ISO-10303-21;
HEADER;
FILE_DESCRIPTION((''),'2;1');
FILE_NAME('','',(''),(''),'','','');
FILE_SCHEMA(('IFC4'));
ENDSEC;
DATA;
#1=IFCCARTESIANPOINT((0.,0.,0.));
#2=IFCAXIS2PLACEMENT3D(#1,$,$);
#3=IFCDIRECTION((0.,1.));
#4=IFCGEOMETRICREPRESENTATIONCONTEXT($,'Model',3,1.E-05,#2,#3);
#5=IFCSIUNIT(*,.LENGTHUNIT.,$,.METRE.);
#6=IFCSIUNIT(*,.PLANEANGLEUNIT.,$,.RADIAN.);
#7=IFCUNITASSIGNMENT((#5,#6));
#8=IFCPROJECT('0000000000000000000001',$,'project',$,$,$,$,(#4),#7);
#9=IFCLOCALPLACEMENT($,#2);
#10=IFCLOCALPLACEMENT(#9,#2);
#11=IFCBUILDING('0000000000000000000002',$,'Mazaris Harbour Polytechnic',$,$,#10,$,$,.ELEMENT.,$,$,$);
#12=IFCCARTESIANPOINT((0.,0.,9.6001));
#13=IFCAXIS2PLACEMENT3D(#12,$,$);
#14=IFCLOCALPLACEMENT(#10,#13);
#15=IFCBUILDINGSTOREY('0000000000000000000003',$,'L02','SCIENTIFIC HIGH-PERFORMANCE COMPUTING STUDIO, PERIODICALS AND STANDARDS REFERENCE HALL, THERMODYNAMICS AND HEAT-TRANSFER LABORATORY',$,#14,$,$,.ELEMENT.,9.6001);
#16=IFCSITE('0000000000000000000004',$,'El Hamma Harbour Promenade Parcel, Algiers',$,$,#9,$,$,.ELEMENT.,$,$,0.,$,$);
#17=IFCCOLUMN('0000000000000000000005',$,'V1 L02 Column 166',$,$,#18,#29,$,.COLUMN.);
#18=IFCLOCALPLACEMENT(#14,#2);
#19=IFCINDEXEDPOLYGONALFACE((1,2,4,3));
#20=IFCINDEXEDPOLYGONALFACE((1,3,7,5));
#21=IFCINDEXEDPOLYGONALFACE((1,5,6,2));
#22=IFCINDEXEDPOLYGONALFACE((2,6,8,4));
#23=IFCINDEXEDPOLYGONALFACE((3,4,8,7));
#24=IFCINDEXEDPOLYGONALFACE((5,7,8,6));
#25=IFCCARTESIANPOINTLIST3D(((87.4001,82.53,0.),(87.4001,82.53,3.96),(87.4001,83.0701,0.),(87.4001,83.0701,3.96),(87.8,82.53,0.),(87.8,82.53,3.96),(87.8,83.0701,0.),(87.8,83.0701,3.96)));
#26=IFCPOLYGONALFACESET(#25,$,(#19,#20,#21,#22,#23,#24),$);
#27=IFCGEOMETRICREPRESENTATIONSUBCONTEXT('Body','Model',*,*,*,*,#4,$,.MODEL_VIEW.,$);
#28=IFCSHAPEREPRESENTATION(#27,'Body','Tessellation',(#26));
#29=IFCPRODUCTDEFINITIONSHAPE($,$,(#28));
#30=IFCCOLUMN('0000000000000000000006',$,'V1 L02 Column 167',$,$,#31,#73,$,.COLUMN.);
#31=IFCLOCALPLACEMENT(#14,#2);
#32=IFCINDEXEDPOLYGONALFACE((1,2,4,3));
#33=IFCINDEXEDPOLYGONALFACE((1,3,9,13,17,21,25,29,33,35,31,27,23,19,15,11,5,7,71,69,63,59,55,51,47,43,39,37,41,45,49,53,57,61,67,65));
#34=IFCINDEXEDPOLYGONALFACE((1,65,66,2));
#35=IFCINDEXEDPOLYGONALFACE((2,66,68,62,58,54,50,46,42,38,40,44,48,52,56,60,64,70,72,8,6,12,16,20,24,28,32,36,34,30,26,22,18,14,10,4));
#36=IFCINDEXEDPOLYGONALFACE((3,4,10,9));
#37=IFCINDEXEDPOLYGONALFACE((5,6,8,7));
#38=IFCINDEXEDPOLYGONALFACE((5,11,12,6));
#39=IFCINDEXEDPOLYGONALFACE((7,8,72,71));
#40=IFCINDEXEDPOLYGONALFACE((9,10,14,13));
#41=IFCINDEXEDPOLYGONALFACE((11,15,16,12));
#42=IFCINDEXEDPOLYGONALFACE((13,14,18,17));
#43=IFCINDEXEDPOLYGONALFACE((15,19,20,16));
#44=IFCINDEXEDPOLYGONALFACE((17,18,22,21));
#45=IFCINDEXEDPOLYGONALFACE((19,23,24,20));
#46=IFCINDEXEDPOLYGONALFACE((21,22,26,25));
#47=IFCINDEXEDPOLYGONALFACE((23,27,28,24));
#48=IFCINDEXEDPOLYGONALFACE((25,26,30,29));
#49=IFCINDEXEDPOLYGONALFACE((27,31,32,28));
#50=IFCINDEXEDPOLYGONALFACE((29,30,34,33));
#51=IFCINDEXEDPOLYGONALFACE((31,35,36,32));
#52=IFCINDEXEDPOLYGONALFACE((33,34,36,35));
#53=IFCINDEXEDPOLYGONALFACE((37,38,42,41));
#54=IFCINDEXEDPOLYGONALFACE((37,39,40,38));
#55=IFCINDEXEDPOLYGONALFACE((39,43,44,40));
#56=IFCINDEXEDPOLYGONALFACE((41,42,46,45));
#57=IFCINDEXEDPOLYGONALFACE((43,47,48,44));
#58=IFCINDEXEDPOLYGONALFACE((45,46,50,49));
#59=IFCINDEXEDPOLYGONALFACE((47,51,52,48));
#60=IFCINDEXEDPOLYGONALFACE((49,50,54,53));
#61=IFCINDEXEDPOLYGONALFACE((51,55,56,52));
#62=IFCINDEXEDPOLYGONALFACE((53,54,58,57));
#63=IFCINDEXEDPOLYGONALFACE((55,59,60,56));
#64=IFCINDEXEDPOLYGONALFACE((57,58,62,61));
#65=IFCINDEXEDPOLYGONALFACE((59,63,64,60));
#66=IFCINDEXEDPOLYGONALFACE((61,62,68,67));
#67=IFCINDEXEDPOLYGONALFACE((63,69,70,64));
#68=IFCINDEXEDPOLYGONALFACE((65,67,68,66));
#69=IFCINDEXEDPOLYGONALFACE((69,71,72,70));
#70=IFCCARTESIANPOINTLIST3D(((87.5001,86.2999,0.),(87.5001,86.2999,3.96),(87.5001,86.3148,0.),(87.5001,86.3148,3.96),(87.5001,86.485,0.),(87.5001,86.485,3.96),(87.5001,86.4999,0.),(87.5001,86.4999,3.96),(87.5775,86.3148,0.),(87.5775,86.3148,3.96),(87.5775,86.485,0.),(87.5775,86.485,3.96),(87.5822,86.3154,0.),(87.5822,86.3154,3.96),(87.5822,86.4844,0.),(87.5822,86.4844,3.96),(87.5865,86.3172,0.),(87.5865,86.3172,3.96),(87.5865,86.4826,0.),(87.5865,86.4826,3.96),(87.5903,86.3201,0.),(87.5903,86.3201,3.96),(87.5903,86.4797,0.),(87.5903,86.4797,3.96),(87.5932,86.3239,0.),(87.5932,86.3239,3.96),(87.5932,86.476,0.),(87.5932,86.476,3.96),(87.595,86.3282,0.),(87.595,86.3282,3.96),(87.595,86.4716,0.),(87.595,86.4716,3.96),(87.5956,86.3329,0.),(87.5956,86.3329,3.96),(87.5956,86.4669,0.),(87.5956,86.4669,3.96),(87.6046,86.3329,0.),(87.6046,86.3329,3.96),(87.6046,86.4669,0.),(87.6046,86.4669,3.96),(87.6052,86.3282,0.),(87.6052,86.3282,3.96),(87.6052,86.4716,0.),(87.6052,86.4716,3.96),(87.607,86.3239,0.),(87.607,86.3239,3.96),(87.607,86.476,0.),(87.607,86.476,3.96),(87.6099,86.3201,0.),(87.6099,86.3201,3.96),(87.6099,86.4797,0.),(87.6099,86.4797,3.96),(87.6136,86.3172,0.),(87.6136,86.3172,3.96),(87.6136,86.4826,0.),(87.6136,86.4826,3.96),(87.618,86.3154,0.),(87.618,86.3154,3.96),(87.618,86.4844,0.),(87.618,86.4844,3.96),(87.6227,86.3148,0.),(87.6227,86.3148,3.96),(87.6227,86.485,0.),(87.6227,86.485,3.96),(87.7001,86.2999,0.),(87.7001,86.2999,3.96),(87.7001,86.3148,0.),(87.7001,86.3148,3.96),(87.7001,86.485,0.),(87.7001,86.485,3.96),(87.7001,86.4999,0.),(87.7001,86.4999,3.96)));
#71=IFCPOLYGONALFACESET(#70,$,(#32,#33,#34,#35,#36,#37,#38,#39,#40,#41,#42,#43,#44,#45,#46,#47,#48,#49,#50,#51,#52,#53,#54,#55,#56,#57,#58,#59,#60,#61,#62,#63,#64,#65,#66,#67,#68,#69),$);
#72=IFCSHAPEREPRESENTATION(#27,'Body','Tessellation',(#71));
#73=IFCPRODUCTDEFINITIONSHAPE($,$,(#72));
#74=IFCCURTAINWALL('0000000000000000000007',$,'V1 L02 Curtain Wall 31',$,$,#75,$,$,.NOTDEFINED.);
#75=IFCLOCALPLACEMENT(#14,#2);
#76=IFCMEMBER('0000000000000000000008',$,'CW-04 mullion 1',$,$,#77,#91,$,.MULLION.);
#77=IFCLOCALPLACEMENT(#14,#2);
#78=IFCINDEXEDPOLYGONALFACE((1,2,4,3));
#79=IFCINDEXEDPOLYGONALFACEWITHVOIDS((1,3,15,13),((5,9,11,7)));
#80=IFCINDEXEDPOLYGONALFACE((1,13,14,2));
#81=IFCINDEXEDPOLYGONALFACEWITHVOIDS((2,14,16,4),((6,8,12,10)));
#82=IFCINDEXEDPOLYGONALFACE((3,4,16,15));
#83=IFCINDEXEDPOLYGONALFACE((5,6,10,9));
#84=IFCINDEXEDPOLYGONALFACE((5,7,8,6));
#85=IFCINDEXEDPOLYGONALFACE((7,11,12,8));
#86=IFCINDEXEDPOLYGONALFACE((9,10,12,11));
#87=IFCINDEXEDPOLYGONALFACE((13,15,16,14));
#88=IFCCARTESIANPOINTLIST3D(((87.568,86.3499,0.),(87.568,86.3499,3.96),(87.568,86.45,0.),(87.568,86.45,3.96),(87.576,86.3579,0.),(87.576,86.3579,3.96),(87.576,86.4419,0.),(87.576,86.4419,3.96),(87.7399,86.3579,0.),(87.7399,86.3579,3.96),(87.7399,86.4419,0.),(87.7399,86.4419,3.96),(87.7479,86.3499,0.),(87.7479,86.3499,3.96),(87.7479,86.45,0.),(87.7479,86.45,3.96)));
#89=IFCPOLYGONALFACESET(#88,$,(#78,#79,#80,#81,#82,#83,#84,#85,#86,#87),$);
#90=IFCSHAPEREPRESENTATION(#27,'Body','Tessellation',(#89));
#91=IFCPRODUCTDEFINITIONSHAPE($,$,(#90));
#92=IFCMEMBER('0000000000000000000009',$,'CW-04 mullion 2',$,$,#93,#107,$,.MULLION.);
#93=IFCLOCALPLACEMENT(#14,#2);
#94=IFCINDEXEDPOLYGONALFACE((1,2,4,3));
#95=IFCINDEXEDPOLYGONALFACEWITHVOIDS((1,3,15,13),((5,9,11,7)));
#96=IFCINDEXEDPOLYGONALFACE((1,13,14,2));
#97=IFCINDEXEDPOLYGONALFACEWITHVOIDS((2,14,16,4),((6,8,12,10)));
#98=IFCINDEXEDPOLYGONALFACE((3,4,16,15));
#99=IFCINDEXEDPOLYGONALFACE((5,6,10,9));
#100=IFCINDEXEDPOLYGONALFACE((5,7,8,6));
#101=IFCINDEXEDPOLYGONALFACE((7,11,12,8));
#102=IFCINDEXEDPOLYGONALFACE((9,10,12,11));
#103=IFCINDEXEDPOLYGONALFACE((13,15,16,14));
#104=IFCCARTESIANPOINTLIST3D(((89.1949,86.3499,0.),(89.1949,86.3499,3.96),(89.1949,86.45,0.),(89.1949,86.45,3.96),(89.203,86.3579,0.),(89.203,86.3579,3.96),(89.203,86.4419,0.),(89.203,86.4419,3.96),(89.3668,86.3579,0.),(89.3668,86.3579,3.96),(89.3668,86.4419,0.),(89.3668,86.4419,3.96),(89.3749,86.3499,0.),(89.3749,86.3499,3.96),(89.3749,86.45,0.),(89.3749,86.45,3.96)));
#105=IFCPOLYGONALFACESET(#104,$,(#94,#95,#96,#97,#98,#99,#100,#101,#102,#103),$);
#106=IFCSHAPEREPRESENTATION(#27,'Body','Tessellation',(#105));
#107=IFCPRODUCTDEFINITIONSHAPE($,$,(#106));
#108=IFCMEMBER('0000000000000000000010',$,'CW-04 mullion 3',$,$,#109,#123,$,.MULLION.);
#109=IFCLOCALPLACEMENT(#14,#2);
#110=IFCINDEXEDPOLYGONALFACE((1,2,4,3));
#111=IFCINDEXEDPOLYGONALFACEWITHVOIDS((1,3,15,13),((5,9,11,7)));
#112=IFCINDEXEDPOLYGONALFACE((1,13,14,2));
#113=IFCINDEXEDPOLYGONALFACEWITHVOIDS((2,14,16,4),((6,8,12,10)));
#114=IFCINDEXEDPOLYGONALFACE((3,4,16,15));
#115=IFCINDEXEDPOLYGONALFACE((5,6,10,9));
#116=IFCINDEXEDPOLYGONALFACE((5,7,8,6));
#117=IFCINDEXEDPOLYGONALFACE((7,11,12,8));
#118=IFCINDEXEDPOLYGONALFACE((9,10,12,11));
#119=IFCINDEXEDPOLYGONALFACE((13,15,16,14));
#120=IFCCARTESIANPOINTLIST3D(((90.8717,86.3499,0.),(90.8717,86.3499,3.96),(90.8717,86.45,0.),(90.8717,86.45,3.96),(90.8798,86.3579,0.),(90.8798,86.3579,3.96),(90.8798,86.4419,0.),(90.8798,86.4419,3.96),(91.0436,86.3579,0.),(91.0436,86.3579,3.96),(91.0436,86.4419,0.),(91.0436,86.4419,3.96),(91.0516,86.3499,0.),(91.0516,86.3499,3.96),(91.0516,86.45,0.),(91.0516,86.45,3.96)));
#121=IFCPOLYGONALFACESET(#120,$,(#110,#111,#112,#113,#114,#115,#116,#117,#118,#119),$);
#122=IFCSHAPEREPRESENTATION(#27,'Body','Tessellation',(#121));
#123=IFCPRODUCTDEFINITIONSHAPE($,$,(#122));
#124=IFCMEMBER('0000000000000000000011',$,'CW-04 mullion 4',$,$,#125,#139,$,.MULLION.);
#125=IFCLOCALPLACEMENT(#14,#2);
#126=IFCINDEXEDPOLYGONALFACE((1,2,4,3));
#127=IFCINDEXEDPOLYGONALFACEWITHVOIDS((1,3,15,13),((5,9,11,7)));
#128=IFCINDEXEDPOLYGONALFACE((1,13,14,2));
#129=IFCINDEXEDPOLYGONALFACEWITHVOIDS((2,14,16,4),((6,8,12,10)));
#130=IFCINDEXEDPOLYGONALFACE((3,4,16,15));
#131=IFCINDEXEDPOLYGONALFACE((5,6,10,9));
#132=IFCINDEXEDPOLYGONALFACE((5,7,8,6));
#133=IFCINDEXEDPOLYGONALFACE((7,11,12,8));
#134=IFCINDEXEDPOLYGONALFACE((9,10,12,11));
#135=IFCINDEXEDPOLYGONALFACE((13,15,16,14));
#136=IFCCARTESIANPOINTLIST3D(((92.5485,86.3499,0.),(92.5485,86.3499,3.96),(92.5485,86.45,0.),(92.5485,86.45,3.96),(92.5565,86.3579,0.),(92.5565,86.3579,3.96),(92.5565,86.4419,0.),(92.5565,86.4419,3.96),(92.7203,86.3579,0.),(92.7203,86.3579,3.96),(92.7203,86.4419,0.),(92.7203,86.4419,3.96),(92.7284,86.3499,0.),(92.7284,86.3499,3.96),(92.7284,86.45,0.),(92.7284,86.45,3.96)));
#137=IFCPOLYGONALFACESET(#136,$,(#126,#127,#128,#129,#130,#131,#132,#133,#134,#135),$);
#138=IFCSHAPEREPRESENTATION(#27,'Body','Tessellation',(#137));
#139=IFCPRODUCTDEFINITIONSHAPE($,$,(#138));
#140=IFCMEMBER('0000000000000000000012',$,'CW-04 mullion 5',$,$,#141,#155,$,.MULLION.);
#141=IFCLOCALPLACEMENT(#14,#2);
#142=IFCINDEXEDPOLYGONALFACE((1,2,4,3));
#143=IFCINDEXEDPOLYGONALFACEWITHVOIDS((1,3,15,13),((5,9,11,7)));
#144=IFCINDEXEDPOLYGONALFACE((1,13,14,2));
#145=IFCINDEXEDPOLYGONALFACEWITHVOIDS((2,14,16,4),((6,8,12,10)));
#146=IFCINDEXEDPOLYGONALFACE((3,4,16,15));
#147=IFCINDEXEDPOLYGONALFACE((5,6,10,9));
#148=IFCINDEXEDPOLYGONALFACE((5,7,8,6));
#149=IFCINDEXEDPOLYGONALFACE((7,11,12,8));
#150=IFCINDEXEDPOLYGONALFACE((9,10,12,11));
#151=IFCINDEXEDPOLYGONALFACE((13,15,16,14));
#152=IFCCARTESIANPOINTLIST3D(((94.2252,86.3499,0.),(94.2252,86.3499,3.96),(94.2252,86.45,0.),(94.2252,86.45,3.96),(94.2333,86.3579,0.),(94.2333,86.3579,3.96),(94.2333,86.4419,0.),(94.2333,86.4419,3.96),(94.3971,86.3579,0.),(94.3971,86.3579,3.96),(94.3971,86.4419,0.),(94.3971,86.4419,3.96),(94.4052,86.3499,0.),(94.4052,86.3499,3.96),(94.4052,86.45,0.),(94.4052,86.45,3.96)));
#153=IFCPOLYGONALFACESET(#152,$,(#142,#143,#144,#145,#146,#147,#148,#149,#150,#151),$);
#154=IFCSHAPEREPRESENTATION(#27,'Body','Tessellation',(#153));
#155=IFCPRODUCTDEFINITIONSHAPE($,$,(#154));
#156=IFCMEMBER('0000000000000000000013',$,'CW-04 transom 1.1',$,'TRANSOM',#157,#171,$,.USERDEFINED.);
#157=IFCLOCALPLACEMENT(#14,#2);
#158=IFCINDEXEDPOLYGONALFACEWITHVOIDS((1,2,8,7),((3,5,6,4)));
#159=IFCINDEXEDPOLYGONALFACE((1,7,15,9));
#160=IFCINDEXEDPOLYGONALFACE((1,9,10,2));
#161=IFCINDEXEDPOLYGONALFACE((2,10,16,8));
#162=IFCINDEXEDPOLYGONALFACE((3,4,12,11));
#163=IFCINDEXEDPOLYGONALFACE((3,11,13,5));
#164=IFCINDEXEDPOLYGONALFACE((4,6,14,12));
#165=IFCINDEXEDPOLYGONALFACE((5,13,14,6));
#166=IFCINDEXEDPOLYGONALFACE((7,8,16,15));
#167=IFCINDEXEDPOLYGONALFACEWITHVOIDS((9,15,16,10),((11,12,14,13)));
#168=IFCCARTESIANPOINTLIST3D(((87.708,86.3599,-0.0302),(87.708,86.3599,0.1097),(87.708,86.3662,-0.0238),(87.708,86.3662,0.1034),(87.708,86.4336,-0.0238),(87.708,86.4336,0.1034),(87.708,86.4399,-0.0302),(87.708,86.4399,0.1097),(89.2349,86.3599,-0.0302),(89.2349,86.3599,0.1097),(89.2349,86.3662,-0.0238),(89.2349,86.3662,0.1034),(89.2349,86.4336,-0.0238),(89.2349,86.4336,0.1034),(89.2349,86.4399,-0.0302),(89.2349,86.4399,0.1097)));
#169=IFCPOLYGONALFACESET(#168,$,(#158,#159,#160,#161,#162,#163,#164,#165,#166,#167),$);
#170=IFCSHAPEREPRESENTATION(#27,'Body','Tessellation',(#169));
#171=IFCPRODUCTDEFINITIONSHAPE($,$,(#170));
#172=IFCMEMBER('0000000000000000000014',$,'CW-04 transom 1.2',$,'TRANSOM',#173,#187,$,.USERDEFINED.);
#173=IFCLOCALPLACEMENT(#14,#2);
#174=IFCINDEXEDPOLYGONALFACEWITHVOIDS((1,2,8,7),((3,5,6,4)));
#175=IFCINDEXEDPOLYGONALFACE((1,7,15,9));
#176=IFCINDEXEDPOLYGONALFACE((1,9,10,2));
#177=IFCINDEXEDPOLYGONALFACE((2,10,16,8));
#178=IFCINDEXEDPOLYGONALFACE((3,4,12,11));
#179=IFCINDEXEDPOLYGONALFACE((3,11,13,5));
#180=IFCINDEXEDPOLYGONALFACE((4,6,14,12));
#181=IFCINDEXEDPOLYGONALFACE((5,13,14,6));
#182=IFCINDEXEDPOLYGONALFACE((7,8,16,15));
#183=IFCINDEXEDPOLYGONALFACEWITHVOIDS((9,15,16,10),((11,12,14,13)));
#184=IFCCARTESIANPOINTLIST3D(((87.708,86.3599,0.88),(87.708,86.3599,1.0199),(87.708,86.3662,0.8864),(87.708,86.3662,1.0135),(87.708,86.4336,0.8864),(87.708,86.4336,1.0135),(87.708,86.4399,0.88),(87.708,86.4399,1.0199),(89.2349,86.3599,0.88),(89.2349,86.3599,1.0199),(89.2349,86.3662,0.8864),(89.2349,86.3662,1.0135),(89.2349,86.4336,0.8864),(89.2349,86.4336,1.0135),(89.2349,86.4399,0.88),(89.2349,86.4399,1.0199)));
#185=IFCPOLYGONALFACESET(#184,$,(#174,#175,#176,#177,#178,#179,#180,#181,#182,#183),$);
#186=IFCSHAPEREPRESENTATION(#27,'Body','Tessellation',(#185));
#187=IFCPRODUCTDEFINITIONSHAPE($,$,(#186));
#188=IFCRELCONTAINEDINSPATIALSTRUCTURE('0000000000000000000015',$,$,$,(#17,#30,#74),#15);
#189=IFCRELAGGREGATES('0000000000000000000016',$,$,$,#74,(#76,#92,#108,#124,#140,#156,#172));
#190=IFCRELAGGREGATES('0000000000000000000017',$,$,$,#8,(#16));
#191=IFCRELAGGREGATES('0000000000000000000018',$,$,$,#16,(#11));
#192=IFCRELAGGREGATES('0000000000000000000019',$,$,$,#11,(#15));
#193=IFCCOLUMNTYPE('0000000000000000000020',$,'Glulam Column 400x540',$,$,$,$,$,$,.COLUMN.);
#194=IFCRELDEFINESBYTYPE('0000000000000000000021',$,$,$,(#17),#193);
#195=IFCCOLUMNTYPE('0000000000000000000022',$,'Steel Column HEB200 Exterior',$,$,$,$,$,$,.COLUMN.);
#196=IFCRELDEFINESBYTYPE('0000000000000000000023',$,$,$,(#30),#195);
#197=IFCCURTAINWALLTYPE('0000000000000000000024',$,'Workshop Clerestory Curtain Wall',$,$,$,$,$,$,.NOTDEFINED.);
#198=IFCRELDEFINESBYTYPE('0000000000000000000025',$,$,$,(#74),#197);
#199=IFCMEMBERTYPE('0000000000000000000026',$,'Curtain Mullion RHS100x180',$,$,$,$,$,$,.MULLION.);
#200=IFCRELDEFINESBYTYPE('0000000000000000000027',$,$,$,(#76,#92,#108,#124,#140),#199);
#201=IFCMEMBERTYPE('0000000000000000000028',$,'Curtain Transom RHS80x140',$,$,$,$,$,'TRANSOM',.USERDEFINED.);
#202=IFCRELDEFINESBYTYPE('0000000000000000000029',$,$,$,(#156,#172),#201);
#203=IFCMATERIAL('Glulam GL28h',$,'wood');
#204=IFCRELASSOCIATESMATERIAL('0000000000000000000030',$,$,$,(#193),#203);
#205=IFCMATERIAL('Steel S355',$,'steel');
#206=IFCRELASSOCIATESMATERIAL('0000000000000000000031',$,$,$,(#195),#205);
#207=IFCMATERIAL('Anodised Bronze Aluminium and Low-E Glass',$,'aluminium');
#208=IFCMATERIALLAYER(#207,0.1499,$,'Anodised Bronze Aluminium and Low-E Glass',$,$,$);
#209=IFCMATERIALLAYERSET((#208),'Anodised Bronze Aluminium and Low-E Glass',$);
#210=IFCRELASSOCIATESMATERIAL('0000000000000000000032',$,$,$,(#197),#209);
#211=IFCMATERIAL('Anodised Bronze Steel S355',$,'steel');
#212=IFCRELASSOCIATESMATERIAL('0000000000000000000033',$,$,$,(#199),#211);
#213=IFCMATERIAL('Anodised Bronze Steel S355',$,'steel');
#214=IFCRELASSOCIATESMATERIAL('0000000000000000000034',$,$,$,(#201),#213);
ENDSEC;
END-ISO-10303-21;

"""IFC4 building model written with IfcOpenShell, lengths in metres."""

from ifc_helpers import new_model, si_unit, direction, frame, origin, origin_2d, place, context, subcontext, project, spatial, rectangle, hollow_rectangle, i_section, extrude, material, layer, layer_set, material_profile, profile_set, type_object, element, aggregate, save


model = new_model("IFC4")

# Units and contexts
model_context = context("Model", 3, precision=1e-05, world=origin(), true_north=direction((0.0, 1.0)))
body_context = subcontext(model_context, "Body", "Model", "MODEL_VIEW")
ifc_project = project(units=[si_unit("LENGTHUNIT", "METRE"), si_unit("PLANEANGLEUNIT", "RADIAN")], contexts=[model_context])

# Site, building, storey
site_placement = place(None, origin())
site = spatial("IfcSite", under=ifc_project, at=site_placement, Name="El Hamma Harbour Promenade Parcel, Algiers", CompositionType="ELEMENT", RefElevation=0.0)
building_placement = place(site_placement, origin())
building = spatial("IfcBuilding", under=site, at=building_placement, Name="Mazaris Harbour Polytechnic", CompositionType="ELEMENT")
storey_placement = place(building_placement, frame((0.0, 0.0, 9.6001)))
storey = spatial("IfcBuildingStorey", under=building, at=storey_placement, Name="L02", Description="SCIENTIFIC HIGH-PERFORMANCE COMPUTING STUDIO, PERIODICALS AND STANDARDS REFERENCE HALL, THERMODYNAMICS AND HEAT-TRANSFER LABORATORY", CompositionType="ELEMENT", Elevation=9.6001)

# Columns
ifc_material_1 = material(Name="Glulam GL28h", Category="wood")
ifc_material_profile_1 = material_profile(ifc_material_1, rectangle(XDim=0.3999, YDim=0.54, at=origin_2d()), Name="RECT400x540")
ifc_profile_set_1 = profile_set([ifc_material_profile_1], Name="Glulam GL28h")
column_type_1 = type_object("IfcColumnType", Name="Glulam Column 400x540", PredefinedType="COLUMN", material=ifc_profile_set_1)
column_1_placement = place(storey_placement, frame((87.6001, 82.8, 0.0), z_axis=(0.0, 0.0, 1.0), x_axis=(1.0, 0.0, 0.0)))
element("IfcColumn", 1, at=column_1_placement, inside=storey, type_object=column_type_1, Name="V1 L02 Column 166", PredefinedType="COLUMN", context=body_context, shape_type="SweptSolid", body=[
    extrude(rectangle(XDim=0.3999, YDim=0.54, at=origin_2d()), origin(), (0.0, 0.0, 1.0), 3.96),
])
ifc_material_2 = material(Name="Steel S355", Category="steel")
ifc_material_profile_2 = material_profile(ifc_material_2, i_section(OverallWidth=0.2, OverallDepth=0.2, WebThickness=0.009, FlangeThickness=0.0149, FilletRadius=0.0181, at=origin_2d()), Name="HEB 200")
ifc_profile_set_2 = profile_set([ifc_material_profile_2], Name="Steel S355")
column_type_2 = type_object("IfcColumnType", Name="Steel Column HEB200 Exterior", PredefinedType="COLUMN", material=ifc_profile_set_2)
column_2_placement = place(storey_placement, frame((87.6001, 86.3999, 0.0), z_axis=(0.0, 0.0, 1.0), x_axis=(1.0, 0.0, 0.0)))
element("IfcColumn", 2, at=column_2_placement, inside=storey, type_object=column_type_2, Name="V1 L02 Column 167", PredefinedType="COLUMN", context=body_context, shape_type="SweptSolid", body=[
    extrude(i_section(OverallWidth=0.2, OverallDepth=0.2, WebThickness=0.009, FlangeThickness=0.0149, FilletRadius=0.0181, at=origin_2d()), origin(), (0.0, 0.0, 1.0), 3.96),
])

# Curtain wall, members
ifc_material_3 = material(Name="Anodised Bronze Aluminium and Low-E Glass", Category="aluminium")
ifc_layer_1 = layer(ifc_material_3, 0.1499, Name="Anodised Bronze Aluminium and Low-E Glass")
ifc_layer_set_1 = layer_set([ifc_layer_1], Name="Anodised Bronze Aluminium and Low-E Glass")
curtain_wall_type = type_object("IfcCurtainWallType", Name="Workshop Clerestory Curtain Wall", PredefinedType="NOTDEFINED", material=ifc_layer_set_1)
curtain_wall_placement = place(storey_placement, origin())
curtain_wall = element("IfcCurtainWall", 3, at=curtain_wall_placement, inside=storey, type_object=curtain_wall_type, Name="V1 L02 Curtain Wall 31", PredefinedType="NOTDEFINED")
ifc_material_4 = material(Name="Anodised Bronze Steel S355", Category="steel")
ifc_material_profile_3 = material_profile(ifc_material_4, hollow_rectangle(XDim=0.1001, YDim=0.1799, WallThickness=0.0081, at=origin_2d()), Name="RHS 100x180x8.0")
ifc_profile_set_3 = profile_set([ifc_material_profile_3], Name="Anodised Bronze Steel S355")
member_type_1 = type_object("IfcMemberType", Name="Curtain Mullion RHS100x180", PredefinedType="MULLION", material=ifc_profile_set_3)
member_1_placement = place(storey_placement, frame((87.658, 86.3999, 0.0), z_axis=(0.0, 0.0, 1.0), x_axis=(0.0, 1.0, 0.0)))
member_1 = element("IfcMember", 4, at=member_1_placement, type_object=member_type_1, Name="CW-04 mullion 1", PredefinedType="MULLION", context=body_context, shape_type="SweptSolid", body=[
    extrude(hollow_rectangle(XDim=0.1001, YDim=0.1799, WallThickness=0.0081, at=origin_2d()), origin(), (0.0, 0.0, 1.0), 3.96),
])
member_2_placement = place(storey_placement, frame((89.2849, 86.3999, 0.0), z_axis=(0.0, 0.0, 1.0), x_axis=(0.0, 1.0, 0.0)))
member_2 = element("IfcMember", 5, at=member_2_placement, type_object=member_type_1, Name="CW-04 mullion 2", PredefinedType="MULLION", context=body_context, shape_type="SweptSolid", body=[
    extrude(hollow_rectangle(XDim=0.1001, YDim=0.1799, WallThickness=0.0081, at=origin_2d()), origin(), (0.0, 0.0, 1.0), 3.96),
])
member_3_placement = place(storey_placement, frame((90.9617, 86.3999, 0.0), z_axis=(0.0, 0.0, 1.0), x_axis=(0.0, 1.0, 0.0)))
member_3 = element("IfcMember", 6, at=member_3_placement, type_object=member_type_1, Name="CW-04 mullion 3", PredefinedType="MULLION", context=body_context, shape_type="SweptSolid", body=[
    extrude(hollow_rectangle(XDim=0.1001, YDim=0.1799, WallThickness=0.0081, at=origin_2d()), origin(), (0.0, 0.0, 1.0), 3.96),
])
member_4_placement = place(storey_placement, frame((92.6384, 86.3999, 0.0), z_axis=(0.0, 0.0, 1.0), x_axis=(0.0, 1.0, 0.0)))
member_4 = element("IfcMember", 7, at=member_4_placement, type_object=member_type_1, Name="CW-04 mullion 4", PredefinedType="MULLION", context=body_context, shape_type="SweptSolid", body=[
    extrude(hollow_rectangle(XDim=0.1001, YDim=0.1799, WallThickness=0.0081, at=origin_2d()), origin(), (0.0, 0.0, 1.0), 3.96),
])
member_5_placement = place(storey_placement, frame((94.3152, 86.3999, 0.0), z_axis=(0.0, 0.0, 1.0), x_axis=(0.0, 1.0, 0.0)))
member_5 = element("IfcMember", 8, at=member_5_placement, type_object=member_type_1, Name="CW-04 mullion 5", PredefinedType="MULLION", context=body_context, shape_type="SweptSolid", body=[
    extrude(hollow_rectangle(XDim=0.1001, YDim=0.1799, WallThickness=0.0081, at=origin_2d()), origin(), (0.0, 0.0, 1.0), 3.96),
])
ifc_material_5 = material(Name="Anodised Bronze Steel S355", Category="steel")
ifc_material_profile_4 = material_profile(ifc_material_5, hollow_rectangle(XDim=0.0801, YDim=0.1399, WallThickness=0.0063, at=origin_2d()), Name="RHS 80x140x6.3")
ifc_profile_set_4 = profile_set([ifc_material_profile_4], Name="Anodised Bronze Steel S355")
member_type_2 = type_object("IfcMemberType", Name="Curtain Transom RHS80x140", ElementType="TRANSOM", PredefinedType="USERDEFINED", material=ifc_profile_set_4)
member_6_placement = place(storey_placement, frame((87.708, 86.3999, 0.0398), z_axis=(1.0, 0.0, 0.0), x_axis=(0.0, 1.0, 0.0)))
member_6 = element("IfcMember", 9, at=member_6_placement, type_object=member_type_2, Name="CW-04 transom 1.1", ObjectType="TRANSOM", PredefinedType="USERDEFINED", context=body_context, shape_type="SweptSolid", body=[
    extrude(hollow_rectangle(XDim=0.0801, YDim=0.1399, WallThickness=0.0063, at=origin_2d()), origin(), (0.0, 0.0, 1.0), 1.5269),
])
member_7_placement = place(storey_placement, frame((87.708, 86.3999, 0.95), z_axis=(1.0, 0.0, 0.0), x_axis=(0.0, 1.0, 0.0)))
member_7 = element("IfcMember", 10, at=member_7_placement, type_object=member_type_2, Name="CW-04 transom 1.2", ObjectType="TRANSOM", PredefinedType="USERDEFINED", context=body_context, shape_type="SweptSolid", body=[
    extrude(hollow_rectangle(XDim=0.0801, YDim=0.1399, WallThickness=0.0063, at=origin_2d()), origin(), (0.0, 0.0, 1.0), 1.5269),
])

aggregate(curtain_wall, [member_1, member_2, member_3, member_4, member_5, member_6, member_7])

save(model, "model.ifc")
